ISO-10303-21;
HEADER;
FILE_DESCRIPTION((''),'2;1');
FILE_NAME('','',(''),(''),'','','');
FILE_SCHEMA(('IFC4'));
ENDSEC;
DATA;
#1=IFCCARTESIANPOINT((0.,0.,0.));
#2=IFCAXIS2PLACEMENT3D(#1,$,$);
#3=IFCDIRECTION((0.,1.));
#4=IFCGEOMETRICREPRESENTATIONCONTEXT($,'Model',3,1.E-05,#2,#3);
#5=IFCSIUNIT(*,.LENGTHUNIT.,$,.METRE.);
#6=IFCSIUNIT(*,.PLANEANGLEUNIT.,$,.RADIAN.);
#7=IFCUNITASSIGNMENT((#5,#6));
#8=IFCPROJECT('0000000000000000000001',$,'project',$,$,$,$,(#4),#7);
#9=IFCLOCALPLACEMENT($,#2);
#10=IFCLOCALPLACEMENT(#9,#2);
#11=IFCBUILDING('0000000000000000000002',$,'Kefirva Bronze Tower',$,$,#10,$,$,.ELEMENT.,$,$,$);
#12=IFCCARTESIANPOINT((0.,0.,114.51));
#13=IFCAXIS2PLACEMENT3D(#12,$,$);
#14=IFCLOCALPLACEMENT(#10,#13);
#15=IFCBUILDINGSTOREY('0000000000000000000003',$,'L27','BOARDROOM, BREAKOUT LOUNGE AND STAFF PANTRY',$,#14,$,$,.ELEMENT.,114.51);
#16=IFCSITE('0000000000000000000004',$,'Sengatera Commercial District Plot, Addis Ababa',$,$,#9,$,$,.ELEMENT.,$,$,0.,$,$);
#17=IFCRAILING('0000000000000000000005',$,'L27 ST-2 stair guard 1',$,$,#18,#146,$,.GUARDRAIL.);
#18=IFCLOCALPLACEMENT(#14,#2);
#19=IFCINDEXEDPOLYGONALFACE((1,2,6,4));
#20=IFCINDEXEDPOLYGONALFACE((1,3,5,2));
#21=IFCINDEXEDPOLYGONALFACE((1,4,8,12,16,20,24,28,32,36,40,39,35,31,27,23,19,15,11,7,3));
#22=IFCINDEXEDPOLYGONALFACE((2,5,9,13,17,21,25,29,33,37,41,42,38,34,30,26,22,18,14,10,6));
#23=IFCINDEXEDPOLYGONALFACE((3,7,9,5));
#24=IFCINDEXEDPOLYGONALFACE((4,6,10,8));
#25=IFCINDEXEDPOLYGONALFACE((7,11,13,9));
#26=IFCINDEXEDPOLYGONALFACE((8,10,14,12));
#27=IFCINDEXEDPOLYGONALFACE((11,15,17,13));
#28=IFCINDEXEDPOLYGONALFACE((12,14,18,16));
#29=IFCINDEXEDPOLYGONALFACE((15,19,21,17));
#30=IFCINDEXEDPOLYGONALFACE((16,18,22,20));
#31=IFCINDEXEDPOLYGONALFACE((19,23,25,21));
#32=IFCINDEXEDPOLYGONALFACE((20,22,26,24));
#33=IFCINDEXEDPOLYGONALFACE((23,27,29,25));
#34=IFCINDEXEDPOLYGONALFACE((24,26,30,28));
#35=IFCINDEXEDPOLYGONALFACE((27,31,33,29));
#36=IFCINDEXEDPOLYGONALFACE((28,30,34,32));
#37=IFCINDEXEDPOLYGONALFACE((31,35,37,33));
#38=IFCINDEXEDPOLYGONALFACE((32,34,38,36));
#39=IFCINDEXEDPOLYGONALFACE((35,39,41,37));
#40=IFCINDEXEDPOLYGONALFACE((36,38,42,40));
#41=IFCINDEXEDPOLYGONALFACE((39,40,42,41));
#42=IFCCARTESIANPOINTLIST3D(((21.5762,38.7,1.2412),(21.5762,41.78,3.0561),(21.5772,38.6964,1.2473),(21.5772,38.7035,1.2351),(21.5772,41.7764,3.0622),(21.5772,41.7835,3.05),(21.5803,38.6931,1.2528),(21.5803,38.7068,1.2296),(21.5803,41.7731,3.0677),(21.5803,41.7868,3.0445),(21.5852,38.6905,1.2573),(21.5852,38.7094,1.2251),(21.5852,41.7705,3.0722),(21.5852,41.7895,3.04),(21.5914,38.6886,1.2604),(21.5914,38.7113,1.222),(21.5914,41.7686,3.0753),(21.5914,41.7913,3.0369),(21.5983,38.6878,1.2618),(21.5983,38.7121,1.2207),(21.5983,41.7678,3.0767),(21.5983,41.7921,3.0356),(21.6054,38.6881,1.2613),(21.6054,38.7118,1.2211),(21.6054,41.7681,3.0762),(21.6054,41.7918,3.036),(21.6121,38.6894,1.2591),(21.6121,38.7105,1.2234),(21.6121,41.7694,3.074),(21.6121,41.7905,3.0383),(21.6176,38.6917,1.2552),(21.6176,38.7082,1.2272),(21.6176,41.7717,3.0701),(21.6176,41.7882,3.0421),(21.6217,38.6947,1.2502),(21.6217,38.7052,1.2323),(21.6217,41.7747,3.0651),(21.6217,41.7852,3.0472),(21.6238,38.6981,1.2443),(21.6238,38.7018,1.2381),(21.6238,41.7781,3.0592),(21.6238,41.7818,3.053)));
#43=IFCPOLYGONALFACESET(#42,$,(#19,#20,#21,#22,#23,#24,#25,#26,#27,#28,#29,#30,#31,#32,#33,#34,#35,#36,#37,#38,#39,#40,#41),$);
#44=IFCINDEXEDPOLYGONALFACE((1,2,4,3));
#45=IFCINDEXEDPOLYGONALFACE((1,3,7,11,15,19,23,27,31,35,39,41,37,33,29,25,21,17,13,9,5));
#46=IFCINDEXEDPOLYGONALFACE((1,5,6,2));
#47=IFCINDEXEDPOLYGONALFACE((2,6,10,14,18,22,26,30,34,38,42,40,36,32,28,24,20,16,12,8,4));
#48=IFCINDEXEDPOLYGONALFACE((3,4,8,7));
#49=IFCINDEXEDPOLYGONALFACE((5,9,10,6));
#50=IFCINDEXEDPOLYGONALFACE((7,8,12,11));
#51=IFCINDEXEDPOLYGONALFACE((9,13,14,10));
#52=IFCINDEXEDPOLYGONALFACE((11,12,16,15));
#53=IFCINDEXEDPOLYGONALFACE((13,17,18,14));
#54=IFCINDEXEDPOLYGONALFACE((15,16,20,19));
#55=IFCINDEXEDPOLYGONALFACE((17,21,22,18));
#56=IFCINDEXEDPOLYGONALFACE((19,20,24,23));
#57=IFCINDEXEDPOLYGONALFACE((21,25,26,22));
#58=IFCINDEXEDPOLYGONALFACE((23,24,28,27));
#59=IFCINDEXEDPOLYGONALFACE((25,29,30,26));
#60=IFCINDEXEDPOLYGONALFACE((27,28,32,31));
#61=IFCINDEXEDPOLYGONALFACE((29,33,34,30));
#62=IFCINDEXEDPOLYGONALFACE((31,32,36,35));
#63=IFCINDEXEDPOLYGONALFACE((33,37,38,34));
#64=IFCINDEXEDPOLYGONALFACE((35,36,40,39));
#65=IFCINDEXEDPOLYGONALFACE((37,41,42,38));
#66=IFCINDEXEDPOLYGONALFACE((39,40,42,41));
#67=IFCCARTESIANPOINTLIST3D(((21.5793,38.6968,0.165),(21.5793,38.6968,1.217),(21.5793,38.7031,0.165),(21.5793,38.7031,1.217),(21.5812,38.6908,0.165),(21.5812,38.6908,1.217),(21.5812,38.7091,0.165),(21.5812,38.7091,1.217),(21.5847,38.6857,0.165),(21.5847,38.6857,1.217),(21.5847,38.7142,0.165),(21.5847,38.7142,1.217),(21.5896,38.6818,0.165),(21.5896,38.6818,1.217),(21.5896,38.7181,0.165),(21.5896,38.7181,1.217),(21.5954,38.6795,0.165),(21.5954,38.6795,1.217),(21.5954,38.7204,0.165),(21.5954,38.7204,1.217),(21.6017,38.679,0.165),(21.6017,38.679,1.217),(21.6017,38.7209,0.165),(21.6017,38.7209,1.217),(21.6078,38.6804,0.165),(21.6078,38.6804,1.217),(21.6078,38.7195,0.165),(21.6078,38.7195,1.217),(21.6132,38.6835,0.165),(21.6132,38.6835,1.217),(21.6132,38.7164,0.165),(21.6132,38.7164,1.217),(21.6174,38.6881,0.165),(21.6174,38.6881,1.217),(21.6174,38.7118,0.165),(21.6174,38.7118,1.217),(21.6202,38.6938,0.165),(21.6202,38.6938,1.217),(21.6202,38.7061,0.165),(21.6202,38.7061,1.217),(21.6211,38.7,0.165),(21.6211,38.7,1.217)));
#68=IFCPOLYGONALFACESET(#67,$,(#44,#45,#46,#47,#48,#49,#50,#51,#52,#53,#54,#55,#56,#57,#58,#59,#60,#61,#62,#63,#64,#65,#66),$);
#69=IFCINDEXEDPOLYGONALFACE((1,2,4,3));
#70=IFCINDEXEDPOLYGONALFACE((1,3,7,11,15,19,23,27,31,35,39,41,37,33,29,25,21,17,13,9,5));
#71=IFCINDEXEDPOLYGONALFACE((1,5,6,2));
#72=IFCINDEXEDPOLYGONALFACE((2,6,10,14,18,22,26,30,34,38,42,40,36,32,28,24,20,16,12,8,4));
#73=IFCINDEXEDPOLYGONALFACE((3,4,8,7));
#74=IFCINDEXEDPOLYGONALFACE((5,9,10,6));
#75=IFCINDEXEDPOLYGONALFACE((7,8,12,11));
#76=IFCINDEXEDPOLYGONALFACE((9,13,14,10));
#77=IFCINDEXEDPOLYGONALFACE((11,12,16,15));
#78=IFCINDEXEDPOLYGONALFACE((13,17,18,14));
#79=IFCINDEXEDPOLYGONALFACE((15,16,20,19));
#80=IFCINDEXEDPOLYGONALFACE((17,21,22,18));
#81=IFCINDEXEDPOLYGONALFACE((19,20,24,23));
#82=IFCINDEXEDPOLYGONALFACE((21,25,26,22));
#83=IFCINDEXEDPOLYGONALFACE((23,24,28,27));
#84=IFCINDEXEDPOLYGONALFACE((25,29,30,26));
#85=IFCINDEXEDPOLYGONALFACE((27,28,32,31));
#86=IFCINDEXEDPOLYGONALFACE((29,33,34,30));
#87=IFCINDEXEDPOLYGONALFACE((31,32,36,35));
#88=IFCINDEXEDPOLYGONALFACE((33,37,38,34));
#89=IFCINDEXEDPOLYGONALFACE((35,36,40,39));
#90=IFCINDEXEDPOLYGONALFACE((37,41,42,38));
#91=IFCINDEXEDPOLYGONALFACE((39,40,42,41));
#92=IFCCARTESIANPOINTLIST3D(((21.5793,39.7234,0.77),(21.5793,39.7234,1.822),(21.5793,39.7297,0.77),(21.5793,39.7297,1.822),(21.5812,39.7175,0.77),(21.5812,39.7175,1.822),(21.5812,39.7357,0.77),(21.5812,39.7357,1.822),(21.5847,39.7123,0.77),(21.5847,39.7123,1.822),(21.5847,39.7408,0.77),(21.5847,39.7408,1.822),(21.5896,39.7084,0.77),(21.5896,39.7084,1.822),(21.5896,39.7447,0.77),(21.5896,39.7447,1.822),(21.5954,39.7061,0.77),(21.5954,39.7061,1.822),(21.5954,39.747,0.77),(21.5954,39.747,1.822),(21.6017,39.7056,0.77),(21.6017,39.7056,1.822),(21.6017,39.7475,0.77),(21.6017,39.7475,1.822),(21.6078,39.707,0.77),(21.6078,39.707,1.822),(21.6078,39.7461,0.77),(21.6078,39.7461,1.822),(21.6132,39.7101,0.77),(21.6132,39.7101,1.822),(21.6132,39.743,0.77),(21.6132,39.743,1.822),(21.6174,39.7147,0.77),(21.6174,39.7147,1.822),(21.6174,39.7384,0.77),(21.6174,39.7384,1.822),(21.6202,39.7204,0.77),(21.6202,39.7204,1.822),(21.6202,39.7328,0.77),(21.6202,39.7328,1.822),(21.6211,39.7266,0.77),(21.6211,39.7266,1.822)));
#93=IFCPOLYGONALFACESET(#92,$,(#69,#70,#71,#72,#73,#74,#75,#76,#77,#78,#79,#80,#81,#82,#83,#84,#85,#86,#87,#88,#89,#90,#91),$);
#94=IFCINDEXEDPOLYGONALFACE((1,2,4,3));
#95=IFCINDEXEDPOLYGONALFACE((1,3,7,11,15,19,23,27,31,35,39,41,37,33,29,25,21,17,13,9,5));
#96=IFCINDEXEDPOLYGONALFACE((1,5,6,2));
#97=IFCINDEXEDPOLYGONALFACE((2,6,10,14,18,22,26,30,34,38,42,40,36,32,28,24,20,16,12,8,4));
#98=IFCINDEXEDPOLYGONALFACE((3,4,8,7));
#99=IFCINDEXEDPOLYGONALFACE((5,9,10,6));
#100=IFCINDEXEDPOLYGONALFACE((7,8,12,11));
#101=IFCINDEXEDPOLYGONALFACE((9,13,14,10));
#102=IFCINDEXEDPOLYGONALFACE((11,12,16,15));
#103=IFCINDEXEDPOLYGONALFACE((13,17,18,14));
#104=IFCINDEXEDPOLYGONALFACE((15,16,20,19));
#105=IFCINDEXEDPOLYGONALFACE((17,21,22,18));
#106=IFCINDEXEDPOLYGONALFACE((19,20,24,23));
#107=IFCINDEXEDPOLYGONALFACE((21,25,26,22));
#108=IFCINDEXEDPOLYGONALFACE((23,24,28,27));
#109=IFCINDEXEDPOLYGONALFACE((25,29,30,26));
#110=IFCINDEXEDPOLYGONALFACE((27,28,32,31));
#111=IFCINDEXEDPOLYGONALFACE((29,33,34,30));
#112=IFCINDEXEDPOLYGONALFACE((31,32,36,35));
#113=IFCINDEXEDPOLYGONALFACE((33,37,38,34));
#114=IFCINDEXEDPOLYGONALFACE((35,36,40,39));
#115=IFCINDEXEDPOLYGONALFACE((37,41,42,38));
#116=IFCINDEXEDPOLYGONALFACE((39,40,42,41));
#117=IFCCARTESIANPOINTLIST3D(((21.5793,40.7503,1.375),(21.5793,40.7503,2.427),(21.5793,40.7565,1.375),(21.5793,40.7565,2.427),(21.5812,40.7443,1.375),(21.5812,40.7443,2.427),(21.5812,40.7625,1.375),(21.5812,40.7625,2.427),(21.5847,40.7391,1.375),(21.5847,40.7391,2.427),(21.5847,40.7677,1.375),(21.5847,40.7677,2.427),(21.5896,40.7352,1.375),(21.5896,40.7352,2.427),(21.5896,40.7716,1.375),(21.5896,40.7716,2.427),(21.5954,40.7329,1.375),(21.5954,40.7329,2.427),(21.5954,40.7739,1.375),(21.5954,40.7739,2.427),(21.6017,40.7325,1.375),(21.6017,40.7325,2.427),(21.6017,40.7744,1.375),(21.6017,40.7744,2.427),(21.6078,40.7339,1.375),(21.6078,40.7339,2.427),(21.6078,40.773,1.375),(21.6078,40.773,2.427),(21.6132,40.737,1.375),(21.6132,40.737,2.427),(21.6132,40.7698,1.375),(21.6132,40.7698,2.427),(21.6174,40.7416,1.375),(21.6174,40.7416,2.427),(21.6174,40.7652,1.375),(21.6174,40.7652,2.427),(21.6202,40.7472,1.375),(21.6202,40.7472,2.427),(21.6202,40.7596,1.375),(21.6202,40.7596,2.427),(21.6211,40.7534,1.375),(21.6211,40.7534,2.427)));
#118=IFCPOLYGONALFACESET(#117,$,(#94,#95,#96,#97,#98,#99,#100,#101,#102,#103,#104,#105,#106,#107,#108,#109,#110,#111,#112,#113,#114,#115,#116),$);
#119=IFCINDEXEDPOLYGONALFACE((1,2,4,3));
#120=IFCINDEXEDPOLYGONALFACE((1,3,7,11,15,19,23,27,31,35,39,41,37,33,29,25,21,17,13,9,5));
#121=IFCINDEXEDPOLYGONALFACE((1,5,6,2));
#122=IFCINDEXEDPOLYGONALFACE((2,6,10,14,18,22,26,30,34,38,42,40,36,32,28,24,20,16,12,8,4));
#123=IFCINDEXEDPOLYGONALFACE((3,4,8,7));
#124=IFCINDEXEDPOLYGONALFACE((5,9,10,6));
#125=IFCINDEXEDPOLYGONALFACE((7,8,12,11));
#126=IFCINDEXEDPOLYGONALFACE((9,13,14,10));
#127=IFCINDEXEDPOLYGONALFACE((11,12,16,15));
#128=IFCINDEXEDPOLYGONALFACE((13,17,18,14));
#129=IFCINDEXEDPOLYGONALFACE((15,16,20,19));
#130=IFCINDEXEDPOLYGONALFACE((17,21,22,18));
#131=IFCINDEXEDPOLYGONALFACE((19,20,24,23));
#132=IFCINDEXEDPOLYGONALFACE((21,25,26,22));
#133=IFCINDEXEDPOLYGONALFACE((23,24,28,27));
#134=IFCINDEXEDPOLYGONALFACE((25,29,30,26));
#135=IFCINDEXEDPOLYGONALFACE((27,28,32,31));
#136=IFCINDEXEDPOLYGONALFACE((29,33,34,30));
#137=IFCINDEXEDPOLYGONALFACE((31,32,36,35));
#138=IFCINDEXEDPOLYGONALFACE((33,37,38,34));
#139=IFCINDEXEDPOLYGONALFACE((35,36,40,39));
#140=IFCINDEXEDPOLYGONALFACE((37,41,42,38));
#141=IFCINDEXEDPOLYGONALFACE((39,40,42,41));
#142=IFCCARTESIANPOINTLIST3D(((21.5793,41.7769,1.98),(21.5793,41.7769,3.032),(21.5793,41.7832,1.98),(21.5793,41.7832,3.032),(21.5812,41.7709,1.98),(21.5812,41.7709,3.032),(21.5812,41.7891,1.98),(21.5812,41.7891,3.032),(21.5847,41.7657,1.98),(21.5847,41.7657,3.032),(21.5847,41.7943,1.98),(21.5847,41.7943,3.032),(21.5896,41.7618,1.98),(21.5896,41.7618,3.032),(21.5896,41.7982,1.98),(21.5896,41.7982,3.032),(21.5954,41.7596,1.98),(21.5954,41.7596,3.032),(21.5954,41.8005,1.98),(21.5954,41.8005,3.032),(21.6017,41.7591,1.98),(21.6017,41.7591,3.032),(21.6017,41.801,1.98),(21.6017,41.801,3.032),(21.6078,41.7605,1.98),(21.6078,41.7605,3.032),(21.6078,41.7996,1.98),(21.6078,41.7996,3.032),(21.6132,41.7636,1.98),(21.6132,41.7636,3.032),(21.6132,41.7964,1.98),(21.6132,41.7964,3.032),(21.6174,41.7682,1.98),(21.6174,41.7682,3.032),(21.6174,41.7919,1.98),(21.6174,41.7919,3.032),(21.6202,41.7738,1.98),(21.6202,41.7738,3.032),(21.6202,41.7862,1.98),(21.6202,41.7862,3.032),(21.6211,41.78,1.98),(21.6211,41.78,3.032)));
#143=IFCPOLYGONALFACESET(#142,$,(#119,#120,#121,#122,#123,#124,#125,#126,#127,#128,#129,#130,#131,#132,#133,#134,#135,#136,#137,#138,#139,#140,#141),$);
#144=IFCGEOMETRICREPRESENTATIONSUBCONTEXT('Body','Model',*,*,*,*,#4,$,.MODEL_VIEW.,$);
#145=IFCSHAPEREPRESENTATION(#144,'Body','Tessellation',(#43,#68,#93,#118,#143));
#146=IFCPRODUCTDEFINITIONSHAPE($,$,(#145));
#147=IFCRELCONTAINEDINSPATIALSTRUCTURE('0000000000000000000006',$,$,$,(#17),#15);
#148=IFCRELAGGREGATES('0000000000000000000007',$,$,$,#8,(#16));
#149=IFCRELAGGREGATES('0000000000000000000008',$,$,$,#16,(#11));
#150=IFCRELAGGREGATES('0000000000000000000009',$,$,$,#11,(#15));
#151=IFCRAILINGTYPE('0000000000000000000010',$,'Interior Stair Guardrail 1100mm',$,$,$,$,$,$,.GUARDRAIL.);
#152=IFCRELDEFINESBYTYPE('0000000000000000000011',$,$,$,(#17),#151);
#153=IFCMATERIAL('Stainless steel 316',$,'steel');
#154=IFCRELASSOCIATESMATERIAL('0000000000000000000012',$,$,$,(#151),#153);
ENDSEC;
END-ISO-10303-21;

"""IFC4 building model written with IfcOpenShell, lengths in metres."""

from ifc_helpers import new_model, si_unit, direction, frame, origin, origin_2d, place, context, subcontext, project, spatial, circle, extrude, material, type_object, element, save


model = new_model("IFC4")

# Units and contexts
model_context = context("Model", 3, precision=1e-05, world=origin(), true_north=direction((0.0, 1.0)))
body_context = subcontext(model_context, "Body", "Model", "MODEL_VIEW")
ifc_project = project(units=[si_unit("LENGTHUNIT", "METRE"), si_unit("PLANEANGLEUNIT", "RADIAN")], contexts=[model_context])

# Site, building, storey
site_placement = place(None, origin())
site = spatial("IfcSite", under=ifc_project, at=site_placement, Name="Sengatera Commercial District Plot, Addis Ababa", CompositionType="ELEMENT", RefElevation=0.0)
building_placement = place(site_placement, origin())
building = spatial("IfcBuilding", under=site, at=building_placement, Name="Kefirva Bronze Tower", CompositionType="ELEMENT")
storey_placement = place(building_placement, frame((0.0, 0.0, 114.51)))
storey = spatial("IfcBuildingStorey", under=building, at=storey_placement, Name="L27", Description="BOARDROOM, BREAKOUT LOUNGE AND STAFF PANTRY", CompositionType="ELEMENT", Elevation=114.51)

# Railing
ifc_material_1 = material(Name="Stainless steel 316", Category="steel")
railing_type_1 = type_object("IfcRailingType", Name="Interior Stair Guardrail 1100mm", PredefinedType="GUARDRAIL", material=ifc_material_1)
railing_1_placement = place(storey_placement, frame((21.6001, 38.7, 0.165)))
element("IfcRailing", 1, at=railing_1_placement, inside=storey, type_object=railing_type_1, Name="L27 ST-2 stair guard 1", PredefinedType="GUARDRAIL", context=body_context, shape_type="SweptSolid", body=[
    extrude(circle(Radius=0.0239, at=origin_2d()), frame((0.0, 0.0, 1.0762), z_axis=(0.0, 0.861551, 0.507671), x_axis=(-1.0, 0.0, 0.0)), (0.0, 0.0, 1.0), 3.575),
    extrude(circle(Radius=0.021, at=origin_2d()), origin(), (0.0, 0.0, 1.0), 1.052),
    extrude(circle(Radius=0.021, at=origin_2d()), frame((0.0, 1.0266, 0.605)), (0.0, 0.0, 1.0), 1.052),
    extrude(circle(Radius=0.021, at=origin_2d()), frame((0.0, 2.0535, 1.21)), (0.0, 0.0, 1.0), 1.052),
    extrude(circle(Radius=0.021, at=origin_2d()), frame((0.0, 3.0801, 1.8149)), (0.0, 0.0, 1.0), 1.052),
])

save(model, "model.ifc")
